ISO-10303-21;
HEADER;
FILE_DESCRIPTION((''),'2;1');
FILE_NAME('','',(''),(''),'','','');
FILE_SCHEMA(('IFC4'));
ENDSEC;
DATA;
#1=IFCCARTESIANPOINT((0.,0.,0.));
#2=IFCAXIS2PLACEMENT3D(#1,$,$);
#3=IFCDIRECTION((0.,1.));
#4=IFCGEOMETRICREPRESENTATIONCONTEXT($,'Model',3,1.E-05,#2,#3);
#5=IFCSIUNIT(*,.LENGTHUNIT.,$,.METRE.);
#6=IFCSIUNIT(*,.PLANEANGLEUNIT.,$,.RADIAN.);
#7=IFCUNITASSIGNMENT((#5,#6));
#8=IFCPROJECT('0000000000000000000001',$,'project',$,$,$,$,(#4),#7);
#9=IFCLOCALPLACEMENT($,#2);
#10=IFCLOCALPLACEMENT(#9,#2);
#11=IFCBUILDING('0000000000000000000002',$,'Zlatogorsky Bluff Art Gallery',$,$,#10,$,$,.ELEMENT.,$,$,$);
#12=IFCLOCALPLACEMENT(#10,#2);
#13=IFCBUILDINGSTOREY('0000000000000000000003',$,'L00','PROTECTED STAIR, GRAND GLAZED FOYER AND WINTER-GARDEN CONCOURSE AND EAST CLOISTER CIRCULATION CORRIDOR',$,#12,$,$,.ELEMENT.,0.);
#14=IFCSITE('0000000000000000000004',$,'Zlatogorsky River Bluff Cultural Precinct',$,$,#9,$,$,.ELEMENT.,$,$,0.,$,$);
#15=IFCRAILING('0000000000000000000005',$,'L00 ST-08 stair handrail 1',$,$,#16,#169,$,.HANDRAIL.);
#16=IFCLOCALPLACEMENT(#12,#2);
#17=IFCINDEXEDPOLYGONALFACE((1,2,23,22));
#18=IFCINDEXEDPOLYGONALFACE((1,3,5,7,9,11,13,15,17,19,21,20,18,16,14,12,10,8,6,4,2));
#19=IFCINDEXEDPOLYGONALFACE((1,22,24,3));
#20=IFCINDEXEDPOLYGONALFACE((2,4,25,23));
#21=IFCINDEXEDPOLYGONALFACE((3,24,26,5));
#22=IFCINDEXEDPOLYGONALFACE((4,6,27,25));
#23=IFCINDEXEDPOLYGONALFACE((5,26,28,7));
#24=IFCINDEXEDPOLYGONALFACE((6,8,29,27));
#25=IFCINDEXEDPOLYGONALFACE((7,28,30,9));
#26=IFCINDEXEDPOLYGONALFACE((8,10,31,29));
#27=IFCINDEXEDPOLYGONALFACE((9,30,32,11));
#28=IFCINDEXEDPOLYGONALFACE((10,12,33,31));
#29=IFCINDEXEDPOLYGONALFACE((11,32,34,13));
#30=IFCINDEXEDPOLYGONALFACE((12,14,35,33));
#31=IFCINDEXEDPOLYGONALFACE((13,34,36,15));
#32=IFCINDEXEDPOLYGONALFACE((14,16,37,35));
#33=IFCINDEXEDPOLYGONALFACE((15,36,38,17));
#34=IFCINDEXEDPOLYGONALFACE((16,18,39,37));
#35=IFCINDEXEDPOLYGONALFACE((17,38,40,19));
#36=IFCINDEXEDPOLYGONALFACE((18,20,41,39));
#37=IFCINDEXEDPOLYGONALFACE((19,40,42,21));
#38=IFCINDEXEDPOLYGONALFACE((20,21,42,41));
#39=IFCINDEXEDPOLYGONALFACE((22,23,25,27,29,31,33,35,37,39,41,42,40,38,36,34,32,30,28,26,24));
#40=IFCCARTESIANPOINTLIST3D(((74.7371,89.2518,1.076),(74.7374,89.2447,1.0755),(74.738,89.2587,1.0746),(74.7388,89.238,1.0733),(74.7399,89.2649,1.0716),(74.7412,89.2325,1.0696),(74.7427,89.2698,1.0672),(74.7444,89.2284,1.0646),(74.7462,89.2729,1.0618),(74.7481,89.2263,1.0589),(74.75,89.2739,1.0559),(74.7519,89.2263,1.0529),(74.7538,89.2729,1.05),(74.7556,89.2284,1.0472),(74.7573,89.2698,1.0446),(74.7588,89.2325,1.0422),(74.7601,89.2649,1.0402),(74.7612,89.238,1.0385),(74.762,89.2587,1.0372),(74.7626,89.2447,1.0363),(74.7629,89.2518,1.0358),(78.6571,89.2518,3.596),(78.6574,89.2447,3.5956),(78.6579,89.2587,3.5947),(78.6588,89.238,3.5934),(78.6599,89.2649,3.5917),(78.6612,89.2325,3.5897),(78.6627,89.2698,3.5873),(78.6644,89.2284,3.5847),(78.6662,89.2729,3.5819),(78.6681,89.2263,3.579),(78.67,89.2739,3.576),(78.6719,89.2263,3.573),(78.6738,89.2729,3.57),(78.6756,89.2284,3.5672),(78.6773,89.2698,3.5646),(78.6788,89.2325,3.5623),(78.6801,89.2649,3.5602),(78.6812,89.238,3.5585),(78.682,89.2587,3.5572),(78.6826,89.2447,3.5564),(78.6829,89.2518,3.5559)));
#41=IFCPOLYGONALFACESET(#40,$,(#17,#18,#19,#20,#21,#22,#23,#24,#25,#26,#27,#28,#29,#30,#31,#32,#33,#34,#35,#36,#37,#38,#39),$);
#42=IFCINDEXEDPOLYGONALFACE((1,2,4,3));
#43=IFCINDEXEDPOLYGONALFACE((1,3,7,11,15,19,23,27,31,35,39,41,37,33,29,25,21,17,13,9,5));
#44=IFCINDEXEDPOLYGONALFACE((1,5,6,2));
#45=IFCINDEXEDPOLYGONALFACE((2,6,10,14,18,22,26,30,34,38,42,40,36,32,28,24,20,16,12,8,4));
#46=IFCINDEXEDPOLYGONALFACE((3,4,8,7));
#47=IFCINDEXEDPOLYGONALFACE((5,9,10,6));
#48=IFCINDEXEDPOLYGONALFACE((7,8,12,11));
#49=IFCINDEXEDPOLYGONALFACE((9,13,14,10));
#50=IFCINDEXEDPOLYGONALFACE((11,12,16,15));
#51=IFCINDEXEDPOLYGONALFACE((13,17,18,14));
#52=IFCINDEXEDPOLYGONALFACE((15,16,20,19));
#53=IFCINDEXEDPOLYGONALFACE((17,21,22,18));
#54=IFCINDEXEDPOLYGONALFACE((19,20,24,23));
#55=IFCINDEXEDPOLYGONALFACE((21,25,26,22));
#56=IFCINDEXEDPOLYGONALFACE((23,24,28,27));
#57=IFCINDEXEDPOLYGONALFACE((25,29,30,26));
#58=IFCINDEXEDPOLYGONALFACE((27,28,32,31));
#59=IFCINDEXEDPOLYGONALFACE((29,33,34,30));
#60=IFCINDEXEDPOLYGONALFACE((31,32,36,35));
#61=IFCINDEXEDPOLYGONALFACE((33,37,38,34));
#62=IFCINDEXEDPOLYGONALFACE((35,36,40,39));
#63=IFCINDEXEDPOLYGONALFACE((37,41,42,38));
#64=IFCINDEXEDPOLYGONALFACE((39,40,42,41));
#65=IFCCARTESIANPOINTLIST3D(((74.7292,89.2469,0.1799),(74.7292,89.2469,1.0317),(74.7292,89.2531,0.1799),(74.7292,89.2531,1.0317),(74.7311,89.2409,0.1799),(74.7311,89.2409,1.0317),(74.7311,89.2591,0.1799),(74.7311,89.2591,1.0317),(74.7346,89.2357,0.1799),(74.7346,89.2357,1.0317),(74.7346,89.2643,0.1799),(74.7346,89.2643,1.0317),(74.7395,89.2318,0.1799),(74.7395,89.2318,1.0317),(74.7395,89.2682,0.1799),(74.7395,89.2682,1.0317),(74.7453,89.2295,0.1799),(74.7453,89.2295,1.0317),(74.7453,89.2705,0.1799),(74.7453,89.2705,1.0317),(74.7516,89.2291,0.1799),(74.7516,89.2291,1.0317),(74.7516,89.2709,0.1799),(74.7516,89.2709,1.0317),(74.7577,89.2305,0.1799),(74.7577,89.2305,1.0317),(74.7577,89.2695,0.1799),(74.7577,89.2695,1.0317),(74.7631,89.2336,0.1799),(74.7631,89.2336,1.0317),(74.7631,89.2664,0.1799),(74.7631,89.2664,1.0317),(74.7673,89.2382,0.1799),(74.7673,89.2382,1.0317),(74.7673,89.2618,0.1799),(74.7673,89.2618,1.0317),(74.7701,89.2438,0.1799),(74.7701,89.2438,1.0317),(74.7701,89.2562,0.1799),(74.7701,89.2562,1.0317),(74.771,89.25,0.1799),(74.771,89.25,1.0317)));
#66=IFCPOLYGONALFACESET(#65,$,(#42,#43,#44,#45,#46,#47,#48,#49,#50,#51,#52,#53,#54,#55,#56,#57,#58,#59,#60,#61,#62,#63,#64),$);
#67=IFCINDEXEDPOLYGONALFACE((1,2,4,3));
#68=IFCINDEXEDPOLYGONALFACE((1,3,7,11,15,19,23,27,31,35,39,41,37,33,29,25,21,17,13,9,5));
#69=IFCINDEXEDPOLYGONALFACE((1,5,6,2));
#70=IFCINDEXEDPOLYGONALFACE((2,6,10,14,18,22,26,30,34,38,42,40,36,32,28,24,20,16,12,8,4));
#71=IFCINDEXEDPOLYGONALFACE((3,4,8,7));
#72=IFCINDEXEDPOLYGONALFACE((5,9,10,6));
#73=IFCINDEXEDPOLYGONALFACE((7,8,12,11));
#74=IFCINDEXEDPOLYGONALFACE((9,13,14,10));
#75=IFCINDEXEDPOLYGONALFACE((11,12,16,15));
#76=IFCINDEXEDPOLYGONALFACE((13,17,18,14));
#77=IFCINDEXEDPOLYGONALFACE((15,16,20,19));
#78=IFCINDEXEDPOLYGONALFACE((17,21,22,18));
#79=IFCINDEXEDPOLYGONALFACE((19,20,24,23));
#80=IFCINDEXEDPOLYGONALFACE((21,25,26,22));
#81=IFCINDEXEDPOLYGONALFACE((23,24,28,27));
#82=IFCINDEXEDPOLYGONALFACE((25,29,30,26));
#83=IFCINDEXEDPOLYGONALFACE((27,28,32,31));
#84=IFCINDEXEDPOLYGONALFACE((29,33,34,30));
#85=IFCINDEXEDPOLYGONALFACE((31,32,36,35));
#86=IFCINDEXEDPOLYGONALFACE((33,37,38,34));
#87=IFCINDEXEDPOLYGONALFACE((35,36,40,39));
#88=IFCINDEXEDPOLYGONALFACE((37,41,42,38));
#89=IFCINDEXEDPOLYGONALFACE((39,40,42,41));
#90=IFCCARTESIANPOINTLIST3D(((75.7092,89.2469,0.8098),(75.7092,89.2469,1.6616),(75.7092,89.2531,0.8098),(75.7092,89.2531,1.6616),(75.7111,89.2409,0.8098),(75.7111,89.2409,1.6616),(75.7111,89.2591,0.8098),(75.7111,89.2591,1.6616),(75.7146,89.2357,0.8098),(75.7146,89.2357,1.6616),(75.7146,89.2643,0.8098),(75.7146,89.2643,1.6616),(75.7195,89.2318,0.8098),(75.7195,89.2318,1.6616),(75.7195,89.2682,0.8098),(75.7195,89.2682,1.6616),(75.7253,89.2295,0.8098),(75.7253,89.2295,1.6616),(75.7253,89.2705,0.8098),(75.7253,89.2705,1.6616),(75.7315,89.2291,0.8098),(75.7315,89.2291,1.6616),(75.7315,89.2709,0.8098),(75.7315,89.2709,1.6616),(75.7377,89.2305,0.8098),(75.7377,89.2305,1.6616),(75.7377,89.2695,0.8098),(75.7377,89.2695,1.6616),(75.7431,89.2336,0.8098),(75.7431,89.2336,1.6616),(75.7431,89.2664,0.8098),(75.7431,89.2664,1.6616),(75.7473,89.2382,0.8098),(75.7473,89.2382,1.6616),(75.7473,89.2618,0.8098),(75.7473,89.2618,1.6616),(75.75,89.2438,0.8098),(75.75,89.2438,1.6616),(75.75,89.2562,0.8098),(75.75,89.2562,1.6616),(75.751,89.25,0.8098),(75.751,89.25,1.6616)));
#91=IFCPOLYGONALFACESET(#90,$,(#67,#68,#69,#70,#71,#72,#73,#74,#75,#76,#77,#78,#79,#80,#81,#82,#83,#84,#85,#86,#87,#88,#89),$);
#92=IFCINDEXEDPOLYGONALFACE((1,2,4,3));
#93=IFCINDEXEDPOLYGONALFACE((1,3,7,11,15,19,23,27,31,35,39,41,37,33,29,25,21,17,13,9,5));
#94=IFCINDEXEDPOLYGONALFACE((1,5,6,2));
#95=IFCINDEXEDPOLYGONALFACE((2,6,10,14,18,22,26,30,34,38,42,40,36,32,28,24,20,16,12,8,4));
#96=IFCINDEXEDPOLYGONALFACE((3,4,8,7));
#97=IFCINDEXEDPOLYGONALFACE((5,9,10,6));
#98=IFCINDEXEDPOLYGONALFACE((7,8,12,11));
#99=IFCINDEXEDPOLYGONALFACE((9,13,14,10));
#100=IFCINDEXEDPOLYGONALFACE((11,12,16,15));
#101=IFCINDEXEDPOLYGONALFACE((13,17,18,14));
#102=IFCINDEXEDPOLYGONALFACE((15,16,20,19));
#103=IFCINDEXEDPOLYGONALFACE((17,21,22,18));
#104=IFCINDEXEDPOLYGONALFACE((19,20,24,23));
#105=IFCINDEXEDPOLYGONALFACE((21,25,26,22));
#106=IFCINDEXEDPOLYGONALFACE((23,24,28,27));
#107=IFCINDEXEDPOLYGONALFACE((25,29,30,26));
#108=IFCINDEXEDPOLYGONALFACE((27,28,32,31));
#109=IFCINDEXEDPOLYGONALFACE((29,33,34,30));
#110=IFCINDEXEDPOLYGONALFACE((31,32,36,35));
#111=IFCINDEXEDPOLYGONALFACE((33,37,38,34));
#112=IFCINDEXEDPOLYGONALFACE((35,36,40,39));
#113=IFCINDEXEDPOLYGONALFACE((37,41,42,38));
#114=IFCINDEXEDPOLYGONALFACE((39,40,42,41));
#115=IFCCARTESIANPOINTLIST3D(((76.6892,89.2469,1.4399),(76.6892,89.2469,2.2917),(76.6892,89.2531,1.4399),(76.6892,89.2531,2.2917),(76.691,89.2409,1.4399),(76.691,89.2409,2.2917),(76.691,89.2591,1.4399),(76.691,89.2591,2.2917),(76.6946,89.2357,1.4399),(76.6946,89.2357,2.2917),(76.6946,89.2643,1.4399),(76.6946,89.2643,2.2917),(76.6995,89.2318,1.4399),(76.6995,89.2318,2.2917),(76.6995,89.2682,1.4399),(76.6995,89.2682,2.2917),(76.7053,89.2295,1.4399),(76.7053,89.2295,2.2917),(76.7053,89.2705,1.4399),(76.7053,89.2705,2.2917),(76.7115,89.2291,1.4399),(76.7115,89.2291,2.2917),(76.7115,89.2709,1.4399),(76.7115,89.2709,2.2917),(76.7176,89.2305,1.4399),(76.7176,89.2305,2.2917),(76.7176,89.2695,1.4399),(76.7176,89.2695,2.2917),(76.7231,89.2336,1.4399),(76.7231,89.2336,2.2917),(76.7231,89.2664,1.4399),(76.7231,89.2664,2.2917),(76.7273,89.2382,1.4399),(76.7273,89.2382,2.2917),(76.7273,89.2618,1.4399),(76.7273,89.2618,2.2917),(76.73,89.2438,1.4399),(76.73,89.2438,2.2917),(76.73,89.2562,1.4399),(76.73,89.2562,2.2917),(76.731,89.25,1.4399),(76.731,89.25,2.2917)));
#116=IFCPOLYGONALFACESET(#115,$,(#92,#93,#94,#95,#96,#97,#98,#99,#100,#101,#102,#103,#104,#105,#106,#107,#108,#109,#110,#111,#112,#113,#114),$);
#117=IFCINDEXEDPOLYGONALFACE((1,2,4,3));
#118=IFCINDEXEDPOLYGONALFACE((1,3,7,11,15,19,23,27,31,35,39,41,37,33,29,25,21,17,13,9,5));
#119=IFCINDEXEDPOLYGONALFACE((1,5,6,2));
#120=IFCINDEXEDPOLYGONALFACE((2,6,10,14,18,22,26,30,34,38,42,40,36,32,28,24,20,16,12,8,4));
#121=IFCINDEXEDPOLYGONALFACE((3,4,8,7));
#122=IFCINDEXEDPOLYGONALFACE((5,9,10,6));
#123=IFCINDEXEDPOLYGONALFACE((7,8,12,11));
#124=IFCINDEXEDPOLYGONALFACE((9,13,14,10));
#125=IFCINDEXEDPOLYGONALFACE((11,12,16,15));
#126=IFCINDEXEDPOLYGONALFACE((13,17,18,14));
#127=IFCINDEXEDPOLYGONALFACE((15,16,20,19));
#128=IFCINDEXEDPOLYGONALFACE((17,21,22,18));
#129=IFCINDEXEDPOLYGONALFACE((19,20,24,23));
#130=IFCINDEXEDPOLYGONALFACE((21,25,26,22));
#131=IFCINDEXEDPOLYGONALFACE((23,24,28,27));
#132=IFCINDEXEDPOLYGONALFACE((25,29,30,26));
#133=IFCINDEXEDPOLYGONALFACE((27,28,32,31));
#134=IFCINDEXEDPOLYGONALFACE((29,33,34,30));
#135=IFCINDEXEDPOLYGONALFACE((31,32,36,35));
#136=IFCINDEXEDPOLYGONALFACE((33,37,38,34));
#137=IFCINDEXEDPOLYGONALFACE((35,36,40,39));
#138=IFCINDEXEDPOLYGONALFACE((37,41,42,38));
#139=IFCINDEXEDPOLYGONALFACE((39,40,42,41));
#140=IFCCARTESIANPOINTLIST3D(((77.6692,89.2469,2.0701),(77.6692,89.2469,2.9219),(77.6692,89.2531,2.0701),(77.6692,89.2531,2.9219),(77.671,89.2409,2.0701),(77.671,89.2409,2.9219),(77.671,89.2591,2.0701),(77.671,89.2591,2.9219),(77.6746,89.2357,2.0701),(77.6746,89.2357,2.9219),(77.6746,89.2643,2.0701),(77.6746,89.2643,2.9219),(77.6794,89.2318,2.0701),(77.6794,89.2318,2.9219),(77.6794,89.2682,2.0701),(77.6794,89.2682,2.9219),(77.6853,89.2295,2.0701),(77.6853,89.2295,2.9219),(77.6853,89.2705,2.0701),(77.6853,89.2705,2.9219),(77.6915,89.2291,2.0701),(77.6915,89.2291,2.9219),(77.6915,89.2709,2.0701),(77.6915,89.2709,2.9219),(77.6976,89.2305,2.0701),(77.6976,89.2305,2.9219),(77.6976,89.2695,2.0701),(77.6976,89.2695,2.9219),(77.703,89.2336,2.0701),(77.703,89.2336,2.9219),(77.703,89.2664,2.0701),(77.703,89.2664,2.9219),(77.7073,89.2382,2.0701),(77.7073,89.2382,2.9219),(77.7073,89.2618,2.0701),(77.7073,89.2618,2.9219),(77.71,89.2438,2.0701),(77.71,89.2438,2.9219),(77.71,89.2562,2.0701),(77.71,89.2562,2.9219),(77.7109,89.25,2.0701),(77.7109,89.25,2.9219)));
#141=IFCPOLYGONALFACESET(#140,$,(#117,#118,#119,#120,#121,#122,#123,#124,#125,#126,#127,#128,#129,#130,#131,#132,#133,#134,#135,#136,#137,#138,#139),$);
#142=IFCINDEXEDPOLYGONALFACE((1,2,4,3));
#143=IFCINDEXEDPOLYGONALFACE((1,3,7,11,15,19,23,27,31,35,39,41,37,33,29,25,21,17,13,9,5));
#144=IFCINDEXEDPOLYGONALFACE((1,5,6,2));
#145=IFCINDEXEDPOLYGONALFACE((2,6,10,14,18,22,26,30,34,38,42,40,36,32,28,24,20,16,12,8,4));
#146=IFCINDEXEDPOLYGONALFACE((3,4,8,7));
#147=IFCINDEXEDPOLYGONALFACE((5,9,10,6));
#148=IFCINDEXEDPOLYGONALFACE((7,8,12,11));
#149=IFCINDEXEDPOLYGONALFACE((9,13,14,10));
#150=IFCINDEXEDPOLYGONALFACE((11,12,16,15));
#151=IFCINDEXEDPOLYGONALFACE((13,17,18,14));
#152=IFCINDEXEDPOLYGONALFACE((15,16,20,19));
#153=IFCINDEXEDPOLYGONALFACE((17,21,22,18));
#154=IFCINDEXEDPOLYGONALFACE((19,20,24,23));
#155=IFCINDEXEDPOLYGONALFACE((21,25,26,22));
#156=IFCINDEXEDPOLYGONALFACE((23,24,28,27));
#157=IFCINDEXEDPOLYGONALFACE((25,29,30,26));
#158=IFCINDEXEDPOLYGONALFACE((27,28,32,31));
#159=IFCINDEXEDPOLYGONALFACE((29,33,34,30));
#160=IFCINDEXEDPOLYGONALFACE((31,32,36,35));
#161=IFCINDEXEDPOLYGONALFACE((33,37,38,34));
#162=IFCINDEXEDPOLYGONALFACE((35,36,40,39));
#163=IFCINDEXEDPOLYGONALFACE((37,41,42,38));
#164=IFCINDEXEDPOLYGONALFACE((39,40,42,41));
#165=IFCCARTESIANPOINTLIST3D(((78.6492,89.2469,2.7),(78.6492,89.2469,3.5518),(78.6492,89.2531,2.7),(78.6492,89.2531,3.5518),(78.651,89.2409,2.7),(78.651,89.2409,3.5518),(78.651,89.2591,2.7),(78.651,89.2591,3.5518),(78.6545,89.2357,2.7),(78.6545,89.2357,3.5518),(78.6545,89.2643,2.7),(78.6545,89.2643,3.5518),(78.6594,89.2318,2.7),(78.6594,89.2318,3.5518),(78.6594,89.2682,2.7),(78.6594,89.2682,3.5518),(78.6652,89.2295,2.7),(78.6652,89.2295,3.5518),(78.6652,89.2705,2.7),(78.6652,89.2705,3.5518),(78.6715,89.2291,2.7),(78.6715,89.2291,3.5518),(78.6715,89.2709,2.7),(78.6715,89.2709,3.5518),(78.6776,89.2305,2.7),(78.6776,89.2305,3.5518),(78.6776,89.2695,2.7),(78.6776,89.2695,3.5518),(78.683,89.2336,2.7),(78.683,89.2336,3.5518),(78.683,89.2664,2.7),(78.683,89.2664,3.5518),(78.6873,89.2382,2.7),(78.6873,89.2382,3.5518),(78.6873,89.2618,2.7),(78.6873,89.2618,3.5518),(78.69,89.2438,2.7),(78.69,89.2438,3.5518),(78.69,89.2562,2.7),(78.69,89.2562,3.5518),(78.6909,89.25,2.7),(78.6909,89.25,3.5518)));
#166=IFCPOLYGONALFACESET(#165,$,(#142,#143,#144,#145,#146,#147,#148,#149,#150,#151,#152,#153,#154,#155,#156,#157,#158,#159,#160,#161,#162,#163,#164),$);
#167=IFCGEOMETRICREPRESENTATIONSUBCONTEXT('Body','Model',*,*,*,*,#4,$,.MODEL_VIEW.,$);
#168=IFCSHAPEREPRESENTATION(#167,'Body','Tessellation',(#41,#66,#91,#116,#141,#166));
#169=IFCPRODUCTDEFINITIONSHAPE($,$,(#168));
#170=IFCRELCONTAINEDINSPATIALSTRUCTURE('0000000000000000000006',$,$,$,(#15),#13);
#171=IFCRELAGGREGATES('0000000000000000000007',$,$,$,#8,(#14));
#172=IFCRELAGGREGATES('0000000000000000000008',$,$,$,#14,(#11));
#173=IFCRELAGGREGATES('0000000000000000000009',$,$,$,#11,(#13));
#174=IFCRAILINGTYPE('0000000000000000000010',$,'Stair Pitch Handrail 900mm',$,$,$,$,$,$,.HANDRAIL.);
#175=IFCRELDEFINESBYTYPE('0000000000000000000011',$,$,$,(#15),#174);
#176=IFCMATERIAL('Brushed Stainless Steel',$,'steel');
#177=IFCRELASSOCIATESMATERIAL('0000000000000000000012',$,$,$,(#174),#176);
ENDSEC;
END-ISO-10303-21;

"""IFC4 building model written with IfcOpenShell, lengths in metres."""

from ifc_helpers import new_model, si_unit, direction, frame, origin, origin_2d, place, context, subcontext, project, spatial, circle, extrude, material, type_object, element, save


model = new_model("IFC4")

# Units and contexts
model_context = context("Model", 3, precision=1e-05, world=origin(), true_north=direction((0.0, 1.0)))
body_context = subcontext(model_context, "Body", "Model", "MODEL_VIEW")
ifc_project = project(units=[si_unit("LENGTHUNIT", "METRE"), si_unit("PLANEANGLEUNIT", "RADIAN")], contexts=[model_context])

# Site, building, storey
site_placement = place(None, origin())
site = spatial("IfcSite", under=ifc_project, at=site_placement, Name="Zlatogorsky River Bluff Cultural Precinct", CompositionType="ELEMENT", RefElevation=0.0)
building_placement = place(site_placement, origin())
building = spatial("IfcBuilding", under=site, at=building_placement, Name="Zlatogorsky Bluff Art Gallery", CompositionType="ELEMENT")
storey_placement = place(building_placement, origin())
storey = spatial("IfcBuildingStorey", under=building, at=storey_placement, Name="L00", Description="PROTECTED STAIR, GRAND GLAZED FOYER AND WINTER-GARDEN CONCOURSE AND EAST CLOISTER CIRCULATION CORRIDOR", CompositionType="ELEMENT", Elevation=0.0)

# Railing
ifc_material_1 = material(Name="Brushed Stainless Steel", Category="steel")
railing_type = type_object("IfcRailingType", Name="Stair Pitch Handrail 900mm", PredefinedType="HANDRAIL", material=ifc_material_1)
railing_placement = place(storey_placement, frame((74.75, 89.25, 0.1799)))
element("IfcRailing", 1, at=railing_placement, inside=storey, type_object=railing_type, Name="L00 ST-08 stair handrail 1", PredefinedType="HANDRAIL", context=body_context, shape_type="SweptSolid", body=[
    extrude(circle(Radius=0.0239, at=origin_2d()), frame((0.0, 0.0, 0.876), z_axis=(0.841172, 0.0, 0.540768), x_axis=(0.0, 1.0, 0.0)), (0.0, 0.0, 1.0), 4.6602),
    extrude(circle(Radius=0.021, at=origin_2d()), origin(), (0.0, 0.0, 1.0), 0.8518),
    extrude(circle(Radius=0.021, at=origin_2d()), frame((0.98, 0.0, 0.6299)), (0.0, 0.0, 1.0), 0.8518),
    extrude(circle(Radius=0.021, at=origin_2d()), frame((1.96, 0.0, 1.26)), (0.0, 0.0, 1.0), 0.8518),
    extrude(circle(Radius=0.021, at=origin_2d()), frame((2.9399, 0.0, 1.8901)), (0.0, 0.0, 1.0), 0.8518),
    extrude(circle(Radius=0.021, at=origin_2d()), frame((3.9199, 0.0, 2.52)), (0.0, 0.0, 1.0), 0.8518),
])

save(model, "model.ifc")
